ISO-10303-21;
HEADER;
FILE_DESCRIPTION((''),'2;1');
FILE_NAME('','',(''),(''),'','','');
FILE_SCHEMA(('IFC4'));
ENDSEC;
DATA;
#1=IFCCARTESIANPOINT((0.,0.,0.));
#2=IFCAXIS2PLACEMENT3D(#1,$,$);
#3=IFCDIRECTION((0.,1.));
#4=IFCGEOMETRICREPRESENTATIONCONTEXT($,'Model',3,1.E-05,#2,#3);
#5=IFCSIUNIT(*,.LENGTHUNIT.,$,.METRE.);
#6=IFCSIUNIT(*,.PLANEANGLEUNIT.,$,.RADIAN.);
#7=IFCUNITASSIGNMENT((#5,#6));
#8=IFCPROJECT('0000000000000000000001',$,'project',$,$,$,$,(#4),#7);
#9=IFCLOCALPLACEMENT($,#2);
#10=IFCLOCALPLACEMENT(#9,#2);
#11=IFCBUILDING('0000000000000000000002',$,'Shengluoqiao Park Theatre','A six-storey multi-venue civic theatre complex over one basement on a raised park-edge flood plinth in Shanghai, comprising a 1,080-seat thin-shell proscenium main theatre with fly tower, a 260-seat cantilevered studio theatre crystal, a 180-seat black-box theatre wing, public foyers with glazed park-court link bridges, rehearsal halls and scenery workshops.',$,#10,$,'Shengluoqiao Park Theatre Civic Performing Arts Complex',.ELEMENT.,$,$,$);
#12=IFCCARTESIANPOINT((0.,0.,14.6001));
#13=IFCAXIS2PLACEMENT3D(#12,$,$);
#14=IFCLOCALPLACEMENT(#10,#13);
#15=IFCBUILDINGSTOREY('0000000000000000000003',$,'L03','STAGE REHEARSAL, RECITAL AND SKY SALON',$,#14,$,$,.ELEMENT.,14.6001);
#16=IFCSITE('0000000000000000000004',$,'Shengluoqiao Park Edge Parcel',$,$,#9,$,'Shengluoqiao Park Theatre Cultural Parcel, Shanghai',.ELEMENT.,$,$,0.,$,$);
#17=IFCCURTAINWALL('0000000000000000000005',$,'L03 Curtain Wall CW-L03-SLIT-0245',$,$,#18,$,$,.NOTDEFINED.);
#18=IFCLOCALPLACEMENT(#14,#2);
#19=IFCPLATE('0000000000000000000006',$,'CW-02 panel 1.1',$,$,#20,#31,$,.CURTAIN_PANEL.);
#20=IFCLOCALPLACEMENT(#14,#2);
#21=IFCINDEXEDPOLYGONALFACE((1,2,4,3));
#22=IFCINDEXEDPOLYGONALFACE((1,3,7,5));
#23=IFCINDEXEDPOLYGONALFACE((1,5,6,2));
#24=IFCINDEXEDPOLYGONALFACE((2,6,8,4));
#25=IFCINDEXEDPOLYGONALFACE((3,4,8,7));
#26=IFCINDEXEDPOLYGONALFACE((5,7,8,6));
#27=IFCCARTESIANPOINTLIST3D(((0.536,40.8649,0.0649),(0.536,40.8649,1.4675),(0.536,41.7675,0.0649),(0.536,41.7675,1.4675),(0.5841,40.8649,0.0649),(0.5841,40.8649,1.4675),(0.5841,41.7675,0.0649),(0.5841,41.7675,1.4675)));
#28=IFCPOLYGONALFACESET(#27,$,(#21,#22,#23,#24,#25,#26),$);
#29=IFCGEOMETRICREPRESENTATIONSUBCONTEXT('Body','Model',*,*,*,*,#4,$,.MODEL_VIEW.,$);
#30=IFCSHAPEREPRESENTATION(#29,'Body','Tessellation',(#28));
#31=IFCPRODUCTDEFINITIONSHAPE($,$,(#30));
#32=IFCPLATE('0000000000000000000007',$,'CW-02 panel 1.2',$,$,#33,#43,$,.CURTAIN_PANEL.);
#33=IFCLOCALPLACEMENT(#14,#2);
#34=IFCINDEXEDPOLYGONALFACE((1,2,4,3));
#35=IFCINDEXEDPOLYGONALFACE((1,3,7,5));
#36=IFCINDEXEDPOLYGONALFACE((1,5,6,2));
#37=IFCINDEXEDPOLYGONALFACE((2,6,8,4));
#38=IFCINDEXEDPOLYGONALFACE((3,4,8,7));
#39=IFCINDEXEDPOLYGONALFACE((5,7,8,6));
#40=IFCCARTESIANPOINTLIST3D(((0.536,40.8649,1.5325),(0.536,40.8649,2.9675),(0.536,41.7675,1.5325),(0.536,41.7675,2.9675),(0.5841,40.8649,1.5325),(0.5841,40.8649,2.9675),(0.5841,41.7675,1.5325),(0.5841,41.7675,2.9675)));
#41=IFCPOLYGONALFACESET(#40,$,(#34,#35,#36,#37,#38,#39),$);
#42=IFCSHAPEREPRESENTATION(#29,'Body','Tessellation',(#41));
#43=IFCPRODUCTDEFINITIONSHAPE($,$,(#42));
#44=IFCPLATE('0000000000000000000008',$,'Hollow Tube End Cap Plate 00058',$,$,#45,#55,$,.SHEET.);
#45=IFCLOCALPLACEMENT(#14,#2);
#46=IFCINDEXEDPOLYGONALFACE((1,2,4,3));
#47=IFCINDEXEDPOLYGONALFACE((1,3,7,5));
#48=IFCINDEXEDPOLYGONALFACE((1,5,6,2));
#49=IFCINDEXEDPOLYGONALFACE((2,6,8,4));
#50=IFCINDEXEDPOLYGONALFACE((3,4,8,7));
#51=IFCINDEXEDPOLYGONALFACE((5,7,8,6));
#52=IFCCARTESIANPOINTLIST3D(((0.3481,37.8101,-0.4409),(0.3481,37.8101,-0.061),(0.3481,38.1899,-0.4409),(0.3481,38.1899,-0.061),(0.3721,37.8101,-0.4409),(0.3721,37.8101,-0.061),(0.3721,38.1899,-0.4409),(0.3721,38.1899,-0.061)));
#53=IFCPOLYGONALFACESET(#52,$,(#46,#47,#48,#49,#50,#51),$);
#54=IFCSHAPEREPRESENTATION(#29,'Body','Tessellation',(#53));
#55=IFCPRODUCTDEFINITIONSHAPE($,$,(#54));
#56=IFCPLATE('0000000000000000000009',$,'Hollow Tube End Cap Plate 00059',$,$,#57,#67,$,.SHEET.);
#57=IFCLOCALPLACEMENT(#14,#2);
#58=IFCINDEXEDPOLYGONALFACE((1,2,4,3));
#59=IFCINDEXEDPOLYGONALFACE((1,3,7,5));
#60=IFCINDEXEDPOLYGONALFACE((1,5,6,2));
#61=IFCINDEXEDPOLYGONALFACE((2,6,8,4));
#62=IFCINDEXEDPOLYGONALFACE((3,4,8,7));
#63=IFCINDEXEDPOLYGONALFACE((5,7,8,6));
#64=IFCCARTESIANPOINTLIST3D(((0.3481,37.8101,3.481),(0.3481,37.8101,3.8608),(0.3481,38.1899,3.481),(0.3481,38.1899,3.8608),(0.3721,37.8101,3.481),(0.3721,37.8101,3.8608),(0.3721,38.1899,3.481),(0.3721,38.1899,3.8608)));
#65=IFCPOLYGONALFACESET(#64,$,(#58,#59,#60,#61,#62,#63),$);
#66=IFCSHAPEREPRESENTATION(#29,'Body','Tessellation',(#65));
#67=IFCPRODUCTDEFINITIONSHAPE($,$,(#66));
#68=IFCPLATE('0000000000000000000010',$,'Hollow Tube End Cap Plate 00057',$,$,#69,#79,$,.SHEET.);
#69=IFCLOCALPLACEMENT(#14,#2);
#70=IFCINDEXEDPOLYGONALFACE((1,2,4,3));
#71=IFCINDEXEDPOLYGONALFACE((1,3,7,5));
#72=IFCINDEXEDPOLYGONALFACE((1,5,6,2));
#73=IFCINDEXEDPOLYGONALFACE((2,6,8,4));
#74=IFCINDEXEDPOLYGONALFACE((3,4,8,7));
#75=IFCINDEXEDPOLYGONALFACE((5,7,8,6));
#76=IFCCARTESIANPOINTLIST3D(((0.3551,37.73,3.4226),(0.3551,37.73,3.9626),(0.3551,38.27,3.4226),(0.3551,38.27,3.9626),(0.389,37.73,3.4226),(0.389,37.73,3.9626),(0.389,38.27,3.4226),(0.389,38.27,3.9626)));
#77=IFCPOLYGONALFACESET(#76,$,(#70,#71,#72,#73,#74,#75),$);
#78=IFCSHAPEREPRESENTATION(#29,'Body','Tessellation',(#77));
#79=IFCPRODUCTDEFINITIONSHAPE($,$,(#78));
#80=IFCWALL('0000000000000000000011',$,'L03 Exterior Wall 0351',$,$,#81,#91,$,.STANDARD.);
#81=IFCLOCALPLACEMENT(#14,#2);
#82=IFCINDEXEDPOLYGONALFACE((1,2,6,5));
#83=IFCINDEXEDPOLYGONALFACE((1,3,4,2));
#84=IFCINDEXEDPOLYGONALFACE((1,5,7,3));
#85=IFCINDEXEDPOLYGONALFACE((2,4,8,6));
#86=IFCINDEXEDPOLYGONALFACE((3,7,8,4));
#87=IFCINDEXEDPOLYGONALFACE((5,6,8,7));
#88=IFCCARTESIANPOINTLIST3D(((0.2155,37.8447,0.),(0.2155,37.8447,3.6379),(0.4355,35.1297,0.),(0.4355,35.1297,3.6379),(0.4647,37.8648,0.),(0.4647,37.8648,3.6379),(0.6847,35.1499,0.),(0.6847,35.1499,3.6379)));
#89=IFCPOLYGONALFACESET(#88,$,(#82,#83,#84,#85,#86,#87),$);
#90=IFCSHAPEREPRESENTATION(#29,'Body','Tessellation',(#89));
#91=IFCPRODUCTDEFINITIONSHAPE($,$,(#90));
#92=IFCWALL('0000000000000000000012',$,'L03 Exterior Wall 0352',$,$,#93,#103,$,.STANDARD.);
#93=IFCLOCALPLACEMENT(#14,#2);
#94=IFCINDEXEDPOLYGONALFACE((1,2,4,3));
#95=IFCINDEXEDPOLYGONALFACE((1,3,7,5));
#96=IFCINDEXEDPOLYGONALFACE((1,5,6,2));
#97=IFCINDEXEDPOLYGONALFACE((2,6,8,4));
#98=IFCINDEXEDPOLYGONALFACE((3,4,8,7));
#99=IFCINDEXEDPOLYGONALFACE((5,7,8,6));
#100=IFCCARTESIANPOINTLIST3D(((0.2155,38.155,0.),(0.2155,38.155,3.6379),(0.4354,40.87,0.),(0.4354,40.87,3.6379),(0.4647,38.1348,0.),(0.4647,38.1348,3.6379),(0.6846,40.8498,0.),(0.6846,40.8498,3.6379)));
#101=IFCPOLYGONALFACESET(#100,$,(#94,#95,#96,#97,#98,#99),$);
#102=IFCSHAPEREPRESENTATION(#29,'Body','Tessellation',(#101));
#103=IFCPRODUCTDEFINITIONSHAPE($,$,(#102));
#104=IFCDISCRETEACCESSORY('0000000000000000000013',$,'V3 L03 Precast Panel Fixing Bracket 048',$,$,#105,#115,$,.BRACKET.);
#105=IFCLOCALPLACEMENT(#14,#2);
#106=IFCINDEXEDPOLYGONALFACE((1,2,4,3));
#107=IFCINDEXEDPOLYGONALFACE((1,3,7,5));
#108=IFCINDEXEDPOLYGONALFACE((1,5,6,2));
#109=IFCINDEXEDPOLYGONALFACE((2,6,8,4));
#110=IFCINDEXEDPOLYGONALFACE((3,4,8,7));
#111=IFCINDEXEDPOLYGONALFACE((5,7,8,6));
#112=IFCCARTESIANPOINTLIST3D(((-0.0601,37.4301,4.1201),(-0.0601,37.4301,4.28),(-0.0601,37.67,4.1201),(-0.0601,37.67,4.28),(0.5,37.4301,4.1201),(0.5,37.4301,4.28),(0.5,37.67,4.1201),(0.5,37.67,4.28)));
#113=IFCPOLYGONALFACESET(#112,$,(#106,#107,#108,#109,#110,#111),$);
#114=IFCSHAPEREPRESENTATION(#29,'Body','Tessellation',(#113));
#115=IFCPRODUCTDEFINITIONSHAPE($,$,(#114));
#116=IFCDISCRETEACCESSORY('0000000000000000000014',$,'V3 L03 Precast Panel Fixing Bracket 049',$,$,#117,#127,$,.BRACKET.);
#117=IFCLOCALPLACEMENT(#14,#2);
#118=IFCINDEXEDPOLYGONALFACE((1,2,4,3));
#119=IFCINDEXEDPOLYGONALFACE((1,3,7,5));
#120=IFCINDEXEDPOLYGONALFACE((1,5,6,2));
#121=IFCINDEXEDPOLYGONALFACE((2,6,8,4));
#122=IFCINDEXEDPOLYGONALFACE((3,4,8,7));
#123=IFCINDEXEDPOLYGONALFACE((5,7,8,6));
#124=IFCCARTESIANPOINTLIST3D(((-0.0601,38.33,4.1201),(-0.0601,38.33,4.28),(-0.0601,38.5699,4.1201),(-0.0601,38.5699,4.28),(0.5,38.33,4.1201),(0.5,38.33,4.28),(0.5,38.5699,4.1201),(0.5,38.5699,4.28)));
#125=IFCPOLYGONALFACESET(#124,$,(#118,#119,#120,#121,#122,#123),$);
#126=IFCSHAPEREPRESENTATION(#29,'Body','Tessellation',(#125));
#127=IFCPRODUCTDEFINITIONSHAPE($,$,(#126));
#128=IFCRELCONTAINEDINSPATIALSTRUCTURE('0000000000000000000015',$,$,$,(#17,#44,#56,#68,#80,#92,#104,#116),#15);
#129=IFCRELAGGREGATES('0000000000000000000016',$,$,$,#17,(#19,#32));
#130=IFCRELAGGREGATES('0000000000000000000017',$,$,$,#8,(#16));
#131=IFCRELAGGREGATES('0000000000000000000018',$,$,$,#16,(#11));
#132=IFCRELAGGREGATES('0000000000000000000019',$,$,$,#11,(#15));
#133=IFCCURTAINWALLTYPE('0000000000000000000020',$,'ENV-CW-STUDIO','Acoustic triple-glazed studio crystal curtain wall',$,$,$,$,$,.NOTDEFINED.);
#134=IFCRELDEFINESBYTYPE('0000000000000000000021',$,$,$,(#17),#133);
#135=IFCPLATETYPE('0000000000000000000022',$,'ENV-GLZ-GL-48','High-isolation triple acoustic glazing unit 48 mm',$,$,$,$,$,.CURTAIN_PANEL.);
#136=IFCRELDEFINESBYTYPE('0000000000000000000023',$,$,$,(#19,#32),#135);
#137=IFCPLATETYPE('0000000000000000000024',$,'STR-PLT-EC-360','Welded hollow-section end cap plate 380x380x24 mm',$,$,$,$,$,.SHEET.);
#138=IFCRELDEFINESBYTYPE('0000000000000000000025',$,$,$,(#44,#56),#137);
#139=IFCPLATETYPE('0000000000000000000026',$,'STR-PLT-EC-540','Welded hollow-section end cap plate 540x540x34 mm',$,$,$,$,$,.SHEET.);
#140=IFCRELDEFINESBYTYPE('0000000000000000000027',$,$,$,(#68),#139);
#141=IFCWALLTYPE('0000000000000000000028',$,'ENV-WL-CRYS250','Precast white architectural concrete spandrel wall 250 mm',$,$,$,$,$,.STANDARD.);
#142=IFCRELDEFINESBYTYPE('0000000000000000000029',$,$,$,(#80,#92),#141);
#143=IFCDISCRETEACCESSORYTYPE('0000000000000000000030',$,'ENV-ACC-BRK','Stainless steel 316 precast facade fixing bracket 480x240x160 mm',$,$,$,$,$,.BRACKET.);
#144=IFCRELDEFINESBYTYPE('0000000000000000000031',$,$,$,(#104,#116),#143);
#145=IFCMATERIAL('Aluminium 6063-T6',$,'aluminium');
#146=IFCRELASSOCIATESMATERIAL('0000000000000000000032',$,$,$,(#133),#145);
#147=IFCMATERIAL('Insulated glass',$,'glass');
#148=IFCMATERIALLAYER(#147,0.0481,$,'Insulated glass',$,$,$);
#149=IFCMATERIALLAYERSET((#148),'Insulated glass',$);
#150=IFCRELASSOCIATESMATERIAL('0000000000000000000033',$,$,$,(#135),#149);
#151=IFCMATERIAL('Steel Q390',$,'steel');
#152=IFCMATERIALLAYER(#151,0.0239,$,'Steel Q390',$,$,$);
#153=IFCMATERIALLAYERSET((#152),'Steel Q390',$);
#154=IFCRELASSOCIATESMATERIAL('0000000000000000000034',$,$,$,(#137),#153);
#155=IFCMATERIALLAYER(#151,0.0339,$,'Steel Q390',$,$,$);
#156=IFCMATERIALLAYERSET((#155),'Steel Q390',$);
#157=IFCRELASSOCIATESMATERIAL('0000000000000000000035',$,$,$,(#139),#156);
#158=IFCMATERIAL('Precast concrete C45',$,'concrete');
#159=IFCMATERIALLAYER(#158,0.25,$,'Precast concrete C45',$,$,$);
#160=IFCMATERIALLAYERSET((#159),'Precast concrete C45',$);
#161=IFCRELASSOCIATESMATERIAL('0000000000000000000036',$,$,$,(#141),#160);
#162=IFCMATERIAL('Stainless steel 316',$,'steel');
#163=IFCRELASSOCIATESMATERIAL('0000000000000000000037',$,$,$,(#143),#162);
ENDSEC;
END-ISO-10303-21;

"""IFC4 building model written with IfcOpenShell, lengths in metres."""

from ifc_helpers import new_model, si_unit, direction, frame, frame_2d, origin, origin_2d, place, context, subcontext, project, spatial, rectangle, extrude, material, layer, layer_set, type_object, element, aggregate, save


model = new_model("IFC4")

# Units and contexts
model_context = context("Model", 3, precision=1e-05, world=origin(), true_north=direction((0.0, 1.0)))
body_context = subcontext(model_context, "Body", "Model", "MODEL_VIEW")
ifc_project = project(units=[si_unit("LENGTHUNIT", "METRE"), si_unit("PLANEANGLEUNIT", "RADIAN")], contexts=[model_context])

# Site, building, storey
site_placement = place(None, origin())
site = spatial("IfcSite", under=ifc_project, at=site_placement, Name="Shengluoqiao Park Edge Parcel", LongName="Shengluoqiao Park Theatre Cultural Parcel, Shanghai", CompositionType="ELEMENT", RefElevation=0.0)
building_placement = place(site_placement, origin())
building = spatial("IfcBuilding", under=site, at=building_placement, Name="Shengluoqiao Park Theatre", Description="A six-storey multi-venue civic theatre complex over one basement on a raised park-edge flood plinth in Shanghai, comprising a 1,080-seat thin-shell proscenium main theatre with fly tower, a 260-seat cantilevered studio theatre crystal, a 180-seat black-box theatre wing, public foyers with glazed park-court link bridges, rehearsal halls and scenery workshops.", LongName="Shengluoqiao Park Theatre Civic Performing Arts Complex", CompositionType="ELEMENT")
storey_placement = place(building_placement, frame((0.0, 0.0, 14.6001)))
storey = spatial("IfcBuildingStorey", under=building, at=storey_placement, Name="L03", Description="STAGE REHEARSAL, RECITAL AND SKY SALON", CompositionType="ELEMENT", Elevation=14.6001)

# Curtain wall
ifc_material_1 = material(Name="Aluminium 6063-T6", Category="aluminium")
curtain_wall_type = type_object("IfcCurtainWallType", Name="ENV-CW-STUDIO", Description="Acoustic triple-glazed studio crystal curtain wall", PredefinedType="NOTDEFINED", material=ifc_material_1)
curtain_wall_1_placement = place(storey_placement, origin())
curtain_wall_1 = element("IfcCurtainWall", 1, at=curtain_wall_1_placement, inside=storey, type_object=curtain_wall_type, Name="L03 Curtain Wall CW-L03-SLIT-0245", PredefinedType="NOTDEFINED")

# Shared definitions
ifc_material_2 = material(Name="Steel Q390", Category="steel")

# Shared definitions
ifc_material_3 = material(Name="Precast concrete C45", Category="concrete")

# Plates
ifc_material_4 = material(Name="Insulated glass", Category="glass")
ifc_layer_1 = layer(ifc_material_4, 0.0481, Name="Insulated glass")
ifc_layer_set_1 = layer_set([ifc_layer_1], Name="Insulated glass")
plate_type_1 = type_object("IfcPlateType", Name="ENV-GLZ-GL-48", Description="High-isolation triple acoustic glazing unit 48 mm", PredefinedType="CURTAIN_PANEL", material=ifc_layer_set_1)
plate_1_placement = place(storey_placement, frame((0.5601, 41.3162, 0.0649), z_axis=(0.0, 0.0, 1.0), x_axis=(0.0, 1.0, 0.0)))
plate_1 = element("IfcPlate", 2, at=plate_1_placement, type_object=plate_type_1, Name="CW-02 panel 1.1", PredefinedType="CURTAIN_PANEL", context=body_context, shape_type="SweptSolid", body=[
    extrude(rectangle(XDim=0.9026, YDim=0.0481, at=origin_2d()), origin(), (0.0, 0.0, 1.0), 1.4026),
])
plate_2_placement = place(storey_placement, frame((0.5601, 41.3162, 1.5325), z_axis=(0.0, 0.0, 1.0), x_axis=(0.0, 1.0, 0.0)))
plate_2 = element("IfcPlate", 3, at=plate_2_placement, type_object=plate_type_1, Name="CW-02 panel 1.2", PredefinedType="CURTAIN_PANEL", context=body_context, shape_type="SweptSolid", body=[
    extrude(rectangle(XDim=0.9026, YDim=0.0481, at=origin_2d()), origin(), (0.0, 0.0, 1.0), 1.4351),
])
aggregate(curtain_wall_1, [plate_1, plate_2])

# Plates
ifc_layer_2 = layer(ifc_material_2, 0.0239, Name="Steel Q390")
ifc_layer_set_2 = layer_set([ifc_layer_2], Name="Steel Q390")
plate_type_2 = type_object("IfcPlateType", Name="STR-PLT-EC-360", Description="Welded hollow-section end cap plate 380x380x24 mm", PredefinedType="SHEET", material=ifc_layer_set_2)
for number, where, z_axis, x_axis, name in (
    (4, (0.3601, 38.0, -0.4409), (0.0, 0.0, 1.0), (1.0, 0.0, 0.0), "Hollow Tube End Cap Plate 00058"),
    (5, (0.3601, 38.0, 3.481), (0.0, 0.0, 1.0), (1.0, 0.0, 0.0), "Hollow Tube End Cap Plate 00059"),
):
    element("IfcPlate", number, at=place(storey_placement, frame(where, z_axis=z_axis, x_axis=x_axis)), inside=storey, type_object=plate_type_2, Name=name, PredefinedType="SHEET", context=body_context, shape_type="SweptSolid", body=[
        extrude(rectangle(XDim=0.0239, YDim=0.3799, at=origin_2d()), origin(), (0.0, 0.0, 1.0), 0.3799),
    ])
ifc_layer_3 = layer(ifc_material_2, 0.0339, Name="Steel Q390")
ifc_layer_set_3 = layer_set([ifc_layer_3], Name="Steel Q390")
plate_type_3 = type_object("IfcPlateType", Name="STR-PLT-EC-540", Description="Welded hollow-section end cap plate 540x540x34 mm", PredefinedType="SHEET", material=ifc_layer_set_3)
plate_3_placement = place(storey_placement, frame((0.3721, 38.0, 3.4226), z_axis=(0.0, 0.0, 1.0), x_axis=(-1.0, 0.0, 0.0)))
element("IfcPlate", 6, at=plate_3_placement, inside=storey, type_object=plate_type_3, Name="Hollow Tube End Cap Plate 00057", PredefinedType="SHEET", context=body_context, shape_type="SweptSolid", body=[
    extrude(rectangle(XDim=0.0339, YDim=0.54, at=origin_2d()), origin(), (0.0, 0.0, 1.0), 0.54),
])

# Walls
ifc_layer_4 = layer(ifc_material_3, 0.25, Name="Precast concrete C45")
ifc_layer_set_4 = layer_set([ifc_layer_4], Name="Precast concrete C45")
wall_type = type_object("IfcWallType", Name="ENV-WL-CRYS250", Description="Precast white architectural concrete spandrel wall 250 mm", PredefinedType="STANDARD", material=ifc_layer_set_4)
for number, where, z_axis, x_axis, name in (
    (7, (0.5601, 35.1399, 0.0), (0.0, 0.0, 1.0), (-0.080753, 0.996734, 0.0), "L03 Exterior Wall 0351"),
    (8, (0.3401, 38.145, 0.0), (0.0, 0.0, 1.0), (0.080753, 0.996734, 0.0), "L03 Exterior Wall 0352"),
):
    element("IfcWall", number, at=place(storey_placement, frame(where, z_axis=z_axis, x_axis=x_axis)), inside=storey, type_object=wall_type, Name=name, PredefinedType="STANDARD", context=body_context, shape_type="SweptSolid", body=[
        extrude(rectangle(XDim=2.7239, YDim=0.25, at=frame_2d((1.3618, 0.0))), origin(), (0.0, 0.0, 1.0), 3.6379),
    ])

# Discrete accessories
ifc_material_5 = material(Name="Stainless steel 316", Category="steel")
discrete_accessory_type = type_object("IfcDiscreteAccessoryType", Name="ENV-ACC-BRK", Description="Stainless steel 316 precast facade fixing bracket 480x240x160 mm", PredefinedType="BRACKET", material=ifc_material_5)
for number, where, z_axis, x_axis, name in (
    (9, (0.22, 37.55, 4.1201), (0.0, 0.0, 1.0), (1.0, 0.0, 0.0), "V3 L03 Precast Panel Fixing Bracket 048"),
    (10, (0.22, 38.45, 4.1201), (0.0, 0.0, 1.0), (1.0, 0.0, 0.0), "V3 L03 Precast Panel Fixing Bracket 049"),
):
    element("IfcDiscreteAccessory", number, at=place(storey_placement, frame(where, z_axis=z_axis, x_axis=x_axis)), inside=storey, type_object=discrete_accessory_type, Name=name, PredefinedType="BRACKET", context=body_context, shape_type="SweptSolid", body=[
        extrude(rectangle(XDim=0.5601, YDim=0.24, at=origin_2d()), origin(), (0.0, 0.0, 1.0), 0.1599),
    ])

save(model, "model.ifc")
